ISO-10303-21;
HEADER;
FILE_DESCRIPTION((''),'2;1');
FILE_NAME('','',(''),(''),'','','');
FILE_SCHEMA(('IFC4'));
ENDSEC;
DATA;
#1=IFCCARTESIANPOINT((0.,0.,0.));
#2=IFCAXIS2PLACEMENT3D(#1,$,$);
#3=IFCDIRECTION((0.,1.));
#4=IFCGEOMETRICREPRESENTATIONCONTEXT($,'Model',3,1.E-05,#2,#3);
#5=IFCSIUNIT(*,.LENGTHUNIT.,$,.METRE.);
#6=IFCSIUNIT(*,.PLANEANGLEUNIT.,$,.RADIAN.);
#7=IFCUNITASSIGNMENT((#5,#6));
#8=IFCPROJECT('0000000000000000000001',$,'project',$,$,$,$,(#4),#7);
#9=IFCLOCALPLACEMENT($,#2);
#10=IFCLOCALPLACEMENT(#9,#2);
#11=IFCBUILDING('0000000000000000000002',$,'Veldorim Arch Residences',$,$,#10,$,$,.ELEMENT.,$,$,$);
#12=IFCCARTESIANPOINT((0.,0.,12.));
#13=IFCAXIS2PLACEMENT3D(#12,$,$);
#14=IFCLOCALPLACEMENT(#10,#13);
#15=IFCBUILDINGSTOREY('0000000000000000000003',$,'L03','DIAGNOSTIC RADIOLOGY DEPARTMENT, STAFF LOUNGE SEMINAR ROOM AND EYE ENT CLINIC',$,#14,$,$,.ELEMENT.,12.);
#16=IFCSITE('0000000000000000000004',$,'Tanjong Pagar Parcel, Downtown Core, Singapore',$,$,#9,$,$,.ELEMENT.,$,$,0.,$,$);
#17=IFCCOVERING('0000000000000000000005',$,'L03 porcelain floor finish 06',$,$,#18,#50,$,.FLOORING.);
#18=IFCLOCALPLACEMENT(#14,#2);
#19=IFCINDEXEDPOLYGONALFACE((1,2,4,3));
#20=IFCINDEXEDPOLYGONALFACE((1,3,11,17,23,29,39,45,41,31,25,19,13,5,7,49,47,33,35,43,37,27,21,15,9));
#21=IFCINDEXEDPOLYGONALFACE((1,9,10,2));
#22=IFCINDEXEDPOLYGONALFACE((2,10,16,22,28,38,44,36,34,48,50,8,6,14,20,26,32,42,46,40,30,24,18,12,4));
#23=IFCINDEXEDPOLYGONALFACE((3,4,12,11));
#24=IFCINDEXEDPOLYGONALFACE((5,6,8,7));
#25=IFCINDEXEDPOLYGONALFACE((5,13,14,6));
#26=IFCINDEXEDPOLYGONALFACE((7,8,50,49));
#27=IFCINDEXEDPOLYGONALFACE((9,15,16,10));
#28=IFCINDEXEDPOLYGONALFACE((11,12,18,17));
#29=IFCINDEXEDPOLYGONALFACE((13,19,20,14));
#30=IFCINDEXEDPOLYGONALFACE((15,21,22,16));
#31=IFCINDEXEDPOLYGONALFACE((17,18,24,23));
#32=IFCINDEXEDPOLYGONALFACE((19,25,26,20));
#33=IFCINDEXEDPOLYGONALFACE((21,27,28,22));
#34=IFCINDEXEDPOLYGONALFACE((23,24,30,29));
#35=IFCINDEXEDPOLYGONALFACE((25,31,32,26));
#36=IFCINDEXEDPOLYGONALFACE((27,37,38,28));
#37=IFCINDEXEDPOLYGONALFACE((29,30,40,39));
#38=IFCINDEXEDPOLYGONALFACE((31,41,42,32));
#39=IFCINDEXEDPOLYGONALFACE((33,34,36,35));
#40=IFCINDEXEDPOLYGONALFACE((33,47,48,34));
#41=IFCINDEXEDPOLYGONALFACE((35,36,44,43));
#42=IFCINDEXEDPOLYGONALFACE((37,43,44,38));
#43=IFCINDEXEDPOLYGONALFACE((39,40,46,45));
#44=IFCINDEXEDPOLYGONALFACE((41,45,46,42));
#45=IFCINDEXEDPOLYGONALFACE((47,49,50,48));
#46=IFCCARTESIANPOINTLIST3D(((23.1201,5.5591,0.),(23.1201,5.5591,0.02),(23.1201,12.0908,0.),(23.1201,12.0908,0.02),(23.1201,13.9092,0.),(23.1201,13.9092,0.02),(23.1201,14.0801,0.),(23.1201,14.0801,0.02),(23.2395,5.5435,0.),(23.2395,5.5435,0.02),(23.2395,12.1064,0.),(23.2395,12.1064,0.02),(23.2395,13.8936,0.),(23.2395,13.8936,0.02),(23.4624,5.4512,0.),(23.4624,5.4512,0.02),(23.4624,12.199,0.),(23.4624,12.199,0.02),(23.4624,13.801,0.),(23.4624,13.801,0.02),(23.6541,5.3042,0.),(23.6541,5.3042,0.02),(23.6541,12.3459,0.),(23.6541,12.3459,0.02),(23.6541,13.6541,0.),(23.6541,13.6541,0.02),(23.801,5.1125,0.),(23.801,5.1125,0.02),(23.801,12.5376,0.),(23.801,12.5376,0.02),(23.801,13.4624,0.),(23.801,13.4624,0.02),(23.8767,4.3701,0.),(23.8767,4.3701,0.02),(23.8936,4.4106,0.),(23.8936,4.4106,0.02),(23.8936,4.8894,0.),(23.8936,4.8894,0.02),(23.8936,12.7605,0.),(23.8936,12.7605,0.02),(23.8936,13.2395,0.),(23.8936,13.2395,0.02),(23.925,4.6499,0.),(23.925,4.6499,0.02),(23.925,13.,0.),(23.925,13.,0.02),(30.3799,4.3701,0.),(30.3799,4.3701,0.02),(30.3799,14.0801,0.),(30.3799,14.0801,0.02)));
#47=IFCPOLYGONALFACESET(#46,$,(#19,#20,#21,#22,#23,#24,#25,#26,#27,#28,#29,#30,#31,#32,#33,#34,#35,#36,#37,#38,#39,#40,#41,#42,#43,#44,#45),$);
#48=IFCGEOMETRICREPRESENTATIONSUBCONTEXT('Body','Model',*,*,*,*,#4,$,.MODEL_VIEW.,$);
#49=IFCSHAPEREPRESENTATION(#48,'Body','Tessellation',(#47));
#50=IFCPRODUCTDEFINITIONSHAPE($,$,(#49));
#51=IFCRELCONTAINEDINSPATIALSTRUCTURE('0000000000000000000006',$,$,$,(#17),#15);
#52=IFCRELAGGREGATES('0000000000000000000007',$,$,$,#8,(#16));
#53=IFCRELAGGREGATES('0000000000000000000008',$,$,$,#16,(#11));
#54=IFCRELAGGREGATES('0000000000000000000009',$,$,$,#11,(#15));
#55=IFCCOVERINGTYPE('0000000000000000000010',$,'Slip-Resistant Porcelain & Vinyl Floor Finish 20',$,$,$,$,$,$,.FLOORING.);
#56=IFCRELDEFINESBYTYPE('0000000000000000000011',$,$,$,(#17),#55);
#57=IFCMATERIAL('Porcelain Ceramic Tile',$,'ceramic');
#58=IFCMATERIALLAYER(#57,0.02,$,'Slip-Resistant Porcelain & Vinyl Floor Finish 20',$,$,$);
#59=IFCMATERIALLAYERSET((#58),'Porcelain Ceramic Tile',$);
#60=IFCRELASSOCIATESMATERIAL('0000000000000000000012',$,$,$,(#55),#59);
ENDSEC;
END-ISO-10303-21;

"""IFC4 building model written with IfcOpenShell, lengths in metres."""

from ifc_helpers import new_model, si_unit, direction, frame, origin, place, context, subcontext, project, spatial, polyline, outline, extrude, material, layer, layer_set, type_object, element, save


model = new_model("IFC4")

# Units and contexts
model_context = context("Model", 3, precision=1e-05, world=origin(), true_north=direction((0.0, 1.0)))
body_context = subcontext(model_context, "Body", "Model", "MODEL_VIEW")
ifc_project = project(units=[si_unit("LENGTHUNIT", "METRE"), si_unit("PLANEANGLEUNIT", "RADIAN")], contexts=[model_context])

# Site, building, storey
site_placement = place(None, origin())
site = spatial("IfcSite", under=ifc_project, at=site_placement, Name="Tanjong Pagar Parcel, Downtown Core, Singapore", CompositionType="ELEMENT", RefElevation=0.0)
building_placement = place(site_placement, origin())
building = spatial("IfcBuilding", under=site, at=building_placement, Name="Veldorim Arch Residences", CompositionType="ELEMENT")
storey_placement = place(building_placement, frame((0.0, 0.0, 12.0)))
storey = spatial("IfcBuildingStorey", under=building, at=storey_placement, Name="L03", Description="DIAGNOSTIC RADIOLOGY DEPARTMENT, STAFF LOUNGE SEMINAR ROOM AND EYE ENT CLINIC", CompositionType="ELEMENT", Elevation=12.0)

# Covering
ifc_material_1 = material(Name="Porcelain Ceramic Tile", Category="ceramic")
ifc_layer_1 = layer(ifc_material_1, 0.02, Name="Slip-Resistant Porcelain & Vinyl Floor Finish 20")
ifc_layer_set_1 = layer_set([ifc_layer_1], Name="Porcelain Ceramic Tile")
covering_type_1 = type_object("IfcCoveringType", Name="Slip-Resistant Porcelain & Vinyl Floor Finish 20", PredefinedType="FLOORING", material=ifc_layer_set_1)
covering_1_placement = place(storey_placement, origin())
element("IfcCovering", 1, at=covering_1_placement, inside=storey, type_object=covering_type_1, Name="L03 porcelain floor finish 06", PredefinedType="FLOORING", context=body_context, shape_type="SweptSolid", body=[
    extrude(outline(polyline([(30.3799, 14.0801), (30.3799, 4.3701), (23.8767, 4.3701), (23.8936, 4.4106), (23.925, 4.6499), (23.8936, 4.8894), (23.801, 5.1125), (23.6541, 5.3042), (23.4624, 5.4512), (23.2395, 5.5435), (23.1201, 5.5591), (23.1201, 12.0908), (23.2395, 12.1064), (23.4624, 12.199), (23.6541, 12.3459), (23.801, 12.5376), (23.8936, 12.7605), (23.925, 13.0), (23.8936, 13.2395), (23.801, 13.4624), (23.6541, 13.6541), (23.4624, 13.801), (23.2395, 13.8936), (23.1201, 13.9092), (23.1201, 14.0801), (30.3799, 14.0801)])), origin(), (0.0, 0.0, 1.0), 0.02),
])

save(model, "model.ifc")
